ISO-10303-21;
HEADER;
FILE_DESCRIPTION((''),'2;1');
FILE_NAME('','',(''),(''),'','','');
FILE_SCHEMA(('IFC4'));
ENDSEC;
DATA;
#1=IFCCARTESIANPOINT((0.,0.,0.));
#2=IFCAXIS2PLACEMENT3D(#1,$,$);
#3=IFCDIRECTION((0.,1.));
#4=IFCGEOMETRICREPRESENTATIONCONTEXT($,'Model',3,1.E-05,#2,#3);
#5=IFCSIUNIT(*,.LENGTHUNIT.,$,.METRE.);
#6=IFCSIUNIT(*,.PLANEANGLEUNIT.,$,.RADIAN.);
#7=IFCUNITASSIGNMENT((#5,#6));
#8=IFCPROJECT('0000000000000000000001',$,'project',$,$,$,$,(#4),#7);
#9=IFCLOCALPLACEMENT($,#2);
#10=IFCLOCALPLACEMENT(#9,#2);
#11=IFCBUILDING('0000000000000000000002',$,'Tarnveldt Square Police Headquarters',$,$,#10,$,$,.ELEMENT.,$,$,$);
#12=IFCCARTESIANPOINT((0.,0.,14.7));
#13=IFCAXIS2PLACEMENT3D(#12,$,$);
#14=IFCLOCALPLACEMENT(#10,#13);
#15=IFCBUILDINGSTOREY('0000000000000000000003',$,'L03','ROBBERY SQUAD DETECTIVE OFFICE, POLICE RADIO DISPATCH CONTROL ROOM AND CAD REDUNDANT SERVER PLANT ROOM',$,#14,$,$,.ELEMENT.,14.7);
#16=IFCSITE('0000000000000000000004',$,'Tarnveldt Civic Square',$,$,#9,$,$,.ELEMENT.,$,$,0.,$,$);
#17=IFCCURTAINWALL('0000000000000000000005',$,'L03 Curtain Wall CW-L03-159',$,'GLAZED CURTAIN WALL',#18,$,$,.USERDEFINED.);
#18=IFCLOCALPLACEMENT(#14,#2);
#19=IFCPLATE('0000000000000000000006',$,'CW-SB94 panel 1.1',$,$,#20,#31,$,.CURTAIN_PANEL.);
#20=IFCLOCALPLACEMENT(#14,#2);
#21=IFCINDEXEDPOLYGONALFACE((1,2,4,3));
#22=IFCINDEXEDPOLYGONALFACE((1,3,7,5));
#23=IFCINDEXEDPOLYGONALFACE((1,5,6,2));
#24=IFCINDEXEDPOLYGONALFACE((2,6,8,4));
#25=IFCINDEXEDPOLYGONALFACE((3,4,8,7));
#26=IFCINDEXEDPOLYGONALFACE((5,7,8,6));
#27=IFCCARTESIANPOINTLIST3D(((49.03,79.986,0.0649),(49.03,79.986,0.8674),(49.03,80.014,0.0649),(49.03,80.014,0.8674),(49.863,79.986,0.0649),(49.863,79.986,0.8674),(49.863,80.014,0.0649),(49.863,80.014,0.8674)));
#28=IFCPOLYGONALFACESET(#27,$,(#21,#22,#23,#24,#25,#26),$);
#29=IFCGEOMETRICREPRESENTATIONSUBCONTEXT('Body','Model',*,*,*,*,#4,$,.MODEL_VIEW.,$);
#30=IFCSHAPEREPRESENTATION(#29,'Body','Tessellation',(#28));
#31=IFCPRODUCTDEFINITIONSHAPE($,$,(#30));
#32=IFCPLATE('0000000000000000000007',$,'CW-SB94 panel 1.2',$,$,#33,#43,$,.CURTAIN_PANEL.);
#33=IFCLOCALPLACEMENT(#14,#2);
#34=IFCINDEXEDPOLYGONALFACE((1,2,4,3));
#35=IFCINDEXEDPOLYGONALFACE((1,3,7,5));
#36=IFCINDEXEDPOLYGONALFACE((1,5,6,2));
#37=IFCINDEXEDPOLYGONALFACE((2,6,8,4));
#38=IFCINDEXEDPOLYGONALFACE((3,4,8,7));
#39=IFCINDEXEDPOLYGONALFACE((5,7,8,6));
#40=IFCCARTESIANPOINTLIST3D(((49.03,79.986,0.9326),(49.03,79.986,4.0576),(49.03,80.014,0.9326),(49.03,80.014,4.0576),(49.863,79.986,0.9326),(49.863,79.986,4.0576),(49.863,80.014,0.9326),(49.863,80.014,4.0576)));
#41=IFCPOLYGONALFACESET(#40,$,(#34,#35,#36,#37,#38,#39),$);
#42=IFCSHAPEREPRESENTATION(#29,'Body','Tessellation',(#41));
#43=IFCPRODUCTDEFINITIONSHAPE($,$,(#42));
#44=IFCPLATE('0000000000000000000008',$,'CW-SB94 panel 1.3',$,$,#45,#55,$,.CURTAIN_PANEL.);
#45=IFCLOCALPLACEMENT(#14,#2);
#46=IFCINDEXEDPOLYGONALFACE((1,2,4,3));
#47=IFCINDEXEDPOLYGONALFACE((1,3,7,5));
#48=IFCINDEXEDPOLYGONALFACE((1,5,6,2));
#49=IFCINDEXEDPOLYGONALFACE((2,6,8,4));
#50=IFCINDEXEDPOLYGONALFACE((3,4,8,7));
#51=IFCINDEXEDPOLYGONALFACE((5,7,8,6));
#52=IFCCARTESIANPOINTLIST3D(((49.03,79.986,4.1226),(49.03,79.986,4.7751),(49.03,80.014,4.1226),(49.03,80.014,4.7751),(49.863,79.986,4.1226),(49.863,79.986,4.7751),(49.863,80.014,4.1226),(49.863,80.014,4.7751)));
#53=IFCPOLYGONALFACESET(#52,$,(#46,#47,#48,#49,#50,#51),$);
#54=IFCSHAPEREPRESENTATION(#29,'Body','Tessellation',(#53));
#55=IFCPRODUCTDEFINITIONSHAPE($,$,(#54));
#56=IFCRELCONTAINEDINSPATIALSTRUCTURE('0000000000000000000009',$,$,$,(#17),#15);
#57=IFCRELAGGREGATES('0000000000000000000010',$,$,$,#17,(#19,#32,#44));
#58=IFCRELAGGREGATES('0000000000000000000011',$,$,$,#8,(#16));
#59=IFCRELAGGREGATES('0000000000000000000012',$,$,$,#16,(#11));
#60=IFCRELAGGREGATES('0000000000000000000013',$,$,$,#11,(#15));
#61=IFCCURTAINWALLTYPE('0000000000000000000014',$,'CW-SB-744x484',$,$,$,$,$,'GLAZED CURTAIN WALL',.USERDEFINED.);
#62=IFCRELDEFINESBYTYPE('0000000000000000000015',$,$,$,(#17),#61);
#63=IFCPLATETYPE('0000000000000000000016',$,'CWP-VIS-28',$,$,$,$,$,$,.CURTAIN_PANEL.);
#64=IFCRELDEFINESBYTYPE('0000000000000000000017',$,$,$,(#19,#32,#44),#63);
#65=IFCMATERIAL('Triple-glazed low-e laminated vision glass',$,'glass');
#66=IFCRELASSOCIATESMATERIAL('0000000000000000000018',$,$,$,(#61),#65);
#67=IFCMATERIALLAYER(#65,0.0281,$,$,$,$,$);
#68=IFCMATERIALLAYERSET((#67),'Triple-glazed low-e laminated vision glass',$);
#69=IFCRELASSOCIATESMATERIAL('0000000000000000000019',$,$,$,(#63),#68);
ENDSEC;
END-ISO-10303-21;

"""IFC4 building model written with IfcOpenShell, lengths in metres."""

from ifc_helpers import new_model, si_unit, direction, frame, origin, origin_2d, place, context, subcontext, project, spatial, rectangle, extrude, material, layer, layer_set, type_object, element, aggregate, save


model = new_model("IFC4")

# Units and contexts
model_context = context("Model", 3, precision=1e-05, world=origin(), true_north=direction((0.0, 1.0)))
body_context = subcontext(model_context, "Body", "Model", "MODEL_VIEW")
ifc_project = project(units=[si_unit("LENGTHUNIT", "METRE"), si_unit("PLANEANGLEUNIT", "RADIAN")], contexts=[model_context])

# Site, building, storey
site_placement = place(None, origin())
site = spatial("IfcSite", under=ifc_project, at=site_placement, Name="Tarnveldt Civic Square", CompositionType="ELEMENT", RefElevation=0.0)
building_placement = place(site_placement, origin())
building = spatial("IfcBuilding", under=site, at=building_placement, Name="Tarnveldt Square Police Headquarters", CompositionType="ELEMENT")
storey_placement = place(building_placement, frame((0.0, 0.0, 14.7)))
storey = spatial("IfcBuildingStorey", under=building, at=storey_placement, Name="L03", Description="ROBBERY SQUAD DETECTIVE OFFICE, POLICE RADIO DISPATCH CONTROL ROOM AND CAD REDUNDANT SERVER PLANT ROOM", CompositionType="ELEMENT", Elevation=14.7)

# Curtain wall
ifc_material_1 = material(Name="Triple-glazed low-e laminated vision glass", Category="glass")
curtain_wall_type_1 = type_object("IfcCurtainWallType", Name="CW-SB-744x484", ElementType="GLAZED CURTAIN WALL", PredefinedType="USERDEFINED", material=ifc_material_1)
curtain_wall_1_placement = place(storey_placement, origin())
curtain_wall_1 = element("IfcCurtainWall", 1, at=curtain_wall_1_placement, inside=storey, type_object=curtain_wall_type_1, Name="L03 Curtain Wall CW-L03-159", ObjectType="GLAZED CURTAIN WALL", PredefinedType="USERDEFINED")

# Plates
ifc_layer = layer(ifc_material_1, 0.0281)
ifc_layer_set = layer_set([ifc_layer], Name="Triple-glazed low-e laminated vision glass")
plate_type = type_object("IfcPlateType", Name="CWP-VIS-28", PredefinedType="CURTAIN_PANEL", material=ifc_layer_set)
plate_1_placement = place(storey_placement, frame((49.4465, 80.0, 0.0649), z_axis=(0.0, 0.0, 1.0), x_axis=(1.0, 0.0, 0.0)))
plate_1 = element("IfcPlate", 2, at=plate_1_placement, type_object=plate_type, Name="CW-SB94 panel 1.1", PredefinedType="CURTAIN_PANEL", context=body_context, shape_type="SweptSolid", body=[
    extrude(rectangle(XDim=0.833, YDim=0.0281, at=origin_2d()), origin(), (0.0, 0.0, 1.0), 0.8025),
])
plate_2_placement = place(storey_placement, frame((49.4465, 80.0, 0.9326), z_axis=(0.0, 0.0, 1.0), x_axis=(1.0, 0.0, 0.0)))
plate_2 = element("IfcPlate", 3, at=plate_2_placement, type_object=plate_type, Name="CW-SB94 panel 1.2", PredefinedType="CURTAIN_PANEL", context=body_context, shape_type="SweptSolid", body=[
    extrude(rectangle(XDim=0.833, YDim=0.0281, at=origin_2d()), origin(), (0.0, 0.0, 1.0), 3.125),
])
plate_3_placement = place(storey_placement, frame((49.4465, 80.0, 4.1226), z_axis=(0.0, 0.0, 1.0), x_axis=(1.0, 0.0, 0.0)))
plate_3 = element("IfcPlate", 4, at=plate_3_placement, type_object=plate_type, Name="CW-SB94 panel 1.3", PredefinedType="CURTAIN_PANEL", context=body_context, shape_type="SweptSolid", body=[
    extrude(rectangle(XDim=0.833, YDim=0.0281, at=origin_2d()), origin(), (0.0, 0.0, 1.0), 0.6526),
])
aggregate(curtain_wall_1, [plate_1, plate_2, plate_3])

save(model, "model.ifc")
